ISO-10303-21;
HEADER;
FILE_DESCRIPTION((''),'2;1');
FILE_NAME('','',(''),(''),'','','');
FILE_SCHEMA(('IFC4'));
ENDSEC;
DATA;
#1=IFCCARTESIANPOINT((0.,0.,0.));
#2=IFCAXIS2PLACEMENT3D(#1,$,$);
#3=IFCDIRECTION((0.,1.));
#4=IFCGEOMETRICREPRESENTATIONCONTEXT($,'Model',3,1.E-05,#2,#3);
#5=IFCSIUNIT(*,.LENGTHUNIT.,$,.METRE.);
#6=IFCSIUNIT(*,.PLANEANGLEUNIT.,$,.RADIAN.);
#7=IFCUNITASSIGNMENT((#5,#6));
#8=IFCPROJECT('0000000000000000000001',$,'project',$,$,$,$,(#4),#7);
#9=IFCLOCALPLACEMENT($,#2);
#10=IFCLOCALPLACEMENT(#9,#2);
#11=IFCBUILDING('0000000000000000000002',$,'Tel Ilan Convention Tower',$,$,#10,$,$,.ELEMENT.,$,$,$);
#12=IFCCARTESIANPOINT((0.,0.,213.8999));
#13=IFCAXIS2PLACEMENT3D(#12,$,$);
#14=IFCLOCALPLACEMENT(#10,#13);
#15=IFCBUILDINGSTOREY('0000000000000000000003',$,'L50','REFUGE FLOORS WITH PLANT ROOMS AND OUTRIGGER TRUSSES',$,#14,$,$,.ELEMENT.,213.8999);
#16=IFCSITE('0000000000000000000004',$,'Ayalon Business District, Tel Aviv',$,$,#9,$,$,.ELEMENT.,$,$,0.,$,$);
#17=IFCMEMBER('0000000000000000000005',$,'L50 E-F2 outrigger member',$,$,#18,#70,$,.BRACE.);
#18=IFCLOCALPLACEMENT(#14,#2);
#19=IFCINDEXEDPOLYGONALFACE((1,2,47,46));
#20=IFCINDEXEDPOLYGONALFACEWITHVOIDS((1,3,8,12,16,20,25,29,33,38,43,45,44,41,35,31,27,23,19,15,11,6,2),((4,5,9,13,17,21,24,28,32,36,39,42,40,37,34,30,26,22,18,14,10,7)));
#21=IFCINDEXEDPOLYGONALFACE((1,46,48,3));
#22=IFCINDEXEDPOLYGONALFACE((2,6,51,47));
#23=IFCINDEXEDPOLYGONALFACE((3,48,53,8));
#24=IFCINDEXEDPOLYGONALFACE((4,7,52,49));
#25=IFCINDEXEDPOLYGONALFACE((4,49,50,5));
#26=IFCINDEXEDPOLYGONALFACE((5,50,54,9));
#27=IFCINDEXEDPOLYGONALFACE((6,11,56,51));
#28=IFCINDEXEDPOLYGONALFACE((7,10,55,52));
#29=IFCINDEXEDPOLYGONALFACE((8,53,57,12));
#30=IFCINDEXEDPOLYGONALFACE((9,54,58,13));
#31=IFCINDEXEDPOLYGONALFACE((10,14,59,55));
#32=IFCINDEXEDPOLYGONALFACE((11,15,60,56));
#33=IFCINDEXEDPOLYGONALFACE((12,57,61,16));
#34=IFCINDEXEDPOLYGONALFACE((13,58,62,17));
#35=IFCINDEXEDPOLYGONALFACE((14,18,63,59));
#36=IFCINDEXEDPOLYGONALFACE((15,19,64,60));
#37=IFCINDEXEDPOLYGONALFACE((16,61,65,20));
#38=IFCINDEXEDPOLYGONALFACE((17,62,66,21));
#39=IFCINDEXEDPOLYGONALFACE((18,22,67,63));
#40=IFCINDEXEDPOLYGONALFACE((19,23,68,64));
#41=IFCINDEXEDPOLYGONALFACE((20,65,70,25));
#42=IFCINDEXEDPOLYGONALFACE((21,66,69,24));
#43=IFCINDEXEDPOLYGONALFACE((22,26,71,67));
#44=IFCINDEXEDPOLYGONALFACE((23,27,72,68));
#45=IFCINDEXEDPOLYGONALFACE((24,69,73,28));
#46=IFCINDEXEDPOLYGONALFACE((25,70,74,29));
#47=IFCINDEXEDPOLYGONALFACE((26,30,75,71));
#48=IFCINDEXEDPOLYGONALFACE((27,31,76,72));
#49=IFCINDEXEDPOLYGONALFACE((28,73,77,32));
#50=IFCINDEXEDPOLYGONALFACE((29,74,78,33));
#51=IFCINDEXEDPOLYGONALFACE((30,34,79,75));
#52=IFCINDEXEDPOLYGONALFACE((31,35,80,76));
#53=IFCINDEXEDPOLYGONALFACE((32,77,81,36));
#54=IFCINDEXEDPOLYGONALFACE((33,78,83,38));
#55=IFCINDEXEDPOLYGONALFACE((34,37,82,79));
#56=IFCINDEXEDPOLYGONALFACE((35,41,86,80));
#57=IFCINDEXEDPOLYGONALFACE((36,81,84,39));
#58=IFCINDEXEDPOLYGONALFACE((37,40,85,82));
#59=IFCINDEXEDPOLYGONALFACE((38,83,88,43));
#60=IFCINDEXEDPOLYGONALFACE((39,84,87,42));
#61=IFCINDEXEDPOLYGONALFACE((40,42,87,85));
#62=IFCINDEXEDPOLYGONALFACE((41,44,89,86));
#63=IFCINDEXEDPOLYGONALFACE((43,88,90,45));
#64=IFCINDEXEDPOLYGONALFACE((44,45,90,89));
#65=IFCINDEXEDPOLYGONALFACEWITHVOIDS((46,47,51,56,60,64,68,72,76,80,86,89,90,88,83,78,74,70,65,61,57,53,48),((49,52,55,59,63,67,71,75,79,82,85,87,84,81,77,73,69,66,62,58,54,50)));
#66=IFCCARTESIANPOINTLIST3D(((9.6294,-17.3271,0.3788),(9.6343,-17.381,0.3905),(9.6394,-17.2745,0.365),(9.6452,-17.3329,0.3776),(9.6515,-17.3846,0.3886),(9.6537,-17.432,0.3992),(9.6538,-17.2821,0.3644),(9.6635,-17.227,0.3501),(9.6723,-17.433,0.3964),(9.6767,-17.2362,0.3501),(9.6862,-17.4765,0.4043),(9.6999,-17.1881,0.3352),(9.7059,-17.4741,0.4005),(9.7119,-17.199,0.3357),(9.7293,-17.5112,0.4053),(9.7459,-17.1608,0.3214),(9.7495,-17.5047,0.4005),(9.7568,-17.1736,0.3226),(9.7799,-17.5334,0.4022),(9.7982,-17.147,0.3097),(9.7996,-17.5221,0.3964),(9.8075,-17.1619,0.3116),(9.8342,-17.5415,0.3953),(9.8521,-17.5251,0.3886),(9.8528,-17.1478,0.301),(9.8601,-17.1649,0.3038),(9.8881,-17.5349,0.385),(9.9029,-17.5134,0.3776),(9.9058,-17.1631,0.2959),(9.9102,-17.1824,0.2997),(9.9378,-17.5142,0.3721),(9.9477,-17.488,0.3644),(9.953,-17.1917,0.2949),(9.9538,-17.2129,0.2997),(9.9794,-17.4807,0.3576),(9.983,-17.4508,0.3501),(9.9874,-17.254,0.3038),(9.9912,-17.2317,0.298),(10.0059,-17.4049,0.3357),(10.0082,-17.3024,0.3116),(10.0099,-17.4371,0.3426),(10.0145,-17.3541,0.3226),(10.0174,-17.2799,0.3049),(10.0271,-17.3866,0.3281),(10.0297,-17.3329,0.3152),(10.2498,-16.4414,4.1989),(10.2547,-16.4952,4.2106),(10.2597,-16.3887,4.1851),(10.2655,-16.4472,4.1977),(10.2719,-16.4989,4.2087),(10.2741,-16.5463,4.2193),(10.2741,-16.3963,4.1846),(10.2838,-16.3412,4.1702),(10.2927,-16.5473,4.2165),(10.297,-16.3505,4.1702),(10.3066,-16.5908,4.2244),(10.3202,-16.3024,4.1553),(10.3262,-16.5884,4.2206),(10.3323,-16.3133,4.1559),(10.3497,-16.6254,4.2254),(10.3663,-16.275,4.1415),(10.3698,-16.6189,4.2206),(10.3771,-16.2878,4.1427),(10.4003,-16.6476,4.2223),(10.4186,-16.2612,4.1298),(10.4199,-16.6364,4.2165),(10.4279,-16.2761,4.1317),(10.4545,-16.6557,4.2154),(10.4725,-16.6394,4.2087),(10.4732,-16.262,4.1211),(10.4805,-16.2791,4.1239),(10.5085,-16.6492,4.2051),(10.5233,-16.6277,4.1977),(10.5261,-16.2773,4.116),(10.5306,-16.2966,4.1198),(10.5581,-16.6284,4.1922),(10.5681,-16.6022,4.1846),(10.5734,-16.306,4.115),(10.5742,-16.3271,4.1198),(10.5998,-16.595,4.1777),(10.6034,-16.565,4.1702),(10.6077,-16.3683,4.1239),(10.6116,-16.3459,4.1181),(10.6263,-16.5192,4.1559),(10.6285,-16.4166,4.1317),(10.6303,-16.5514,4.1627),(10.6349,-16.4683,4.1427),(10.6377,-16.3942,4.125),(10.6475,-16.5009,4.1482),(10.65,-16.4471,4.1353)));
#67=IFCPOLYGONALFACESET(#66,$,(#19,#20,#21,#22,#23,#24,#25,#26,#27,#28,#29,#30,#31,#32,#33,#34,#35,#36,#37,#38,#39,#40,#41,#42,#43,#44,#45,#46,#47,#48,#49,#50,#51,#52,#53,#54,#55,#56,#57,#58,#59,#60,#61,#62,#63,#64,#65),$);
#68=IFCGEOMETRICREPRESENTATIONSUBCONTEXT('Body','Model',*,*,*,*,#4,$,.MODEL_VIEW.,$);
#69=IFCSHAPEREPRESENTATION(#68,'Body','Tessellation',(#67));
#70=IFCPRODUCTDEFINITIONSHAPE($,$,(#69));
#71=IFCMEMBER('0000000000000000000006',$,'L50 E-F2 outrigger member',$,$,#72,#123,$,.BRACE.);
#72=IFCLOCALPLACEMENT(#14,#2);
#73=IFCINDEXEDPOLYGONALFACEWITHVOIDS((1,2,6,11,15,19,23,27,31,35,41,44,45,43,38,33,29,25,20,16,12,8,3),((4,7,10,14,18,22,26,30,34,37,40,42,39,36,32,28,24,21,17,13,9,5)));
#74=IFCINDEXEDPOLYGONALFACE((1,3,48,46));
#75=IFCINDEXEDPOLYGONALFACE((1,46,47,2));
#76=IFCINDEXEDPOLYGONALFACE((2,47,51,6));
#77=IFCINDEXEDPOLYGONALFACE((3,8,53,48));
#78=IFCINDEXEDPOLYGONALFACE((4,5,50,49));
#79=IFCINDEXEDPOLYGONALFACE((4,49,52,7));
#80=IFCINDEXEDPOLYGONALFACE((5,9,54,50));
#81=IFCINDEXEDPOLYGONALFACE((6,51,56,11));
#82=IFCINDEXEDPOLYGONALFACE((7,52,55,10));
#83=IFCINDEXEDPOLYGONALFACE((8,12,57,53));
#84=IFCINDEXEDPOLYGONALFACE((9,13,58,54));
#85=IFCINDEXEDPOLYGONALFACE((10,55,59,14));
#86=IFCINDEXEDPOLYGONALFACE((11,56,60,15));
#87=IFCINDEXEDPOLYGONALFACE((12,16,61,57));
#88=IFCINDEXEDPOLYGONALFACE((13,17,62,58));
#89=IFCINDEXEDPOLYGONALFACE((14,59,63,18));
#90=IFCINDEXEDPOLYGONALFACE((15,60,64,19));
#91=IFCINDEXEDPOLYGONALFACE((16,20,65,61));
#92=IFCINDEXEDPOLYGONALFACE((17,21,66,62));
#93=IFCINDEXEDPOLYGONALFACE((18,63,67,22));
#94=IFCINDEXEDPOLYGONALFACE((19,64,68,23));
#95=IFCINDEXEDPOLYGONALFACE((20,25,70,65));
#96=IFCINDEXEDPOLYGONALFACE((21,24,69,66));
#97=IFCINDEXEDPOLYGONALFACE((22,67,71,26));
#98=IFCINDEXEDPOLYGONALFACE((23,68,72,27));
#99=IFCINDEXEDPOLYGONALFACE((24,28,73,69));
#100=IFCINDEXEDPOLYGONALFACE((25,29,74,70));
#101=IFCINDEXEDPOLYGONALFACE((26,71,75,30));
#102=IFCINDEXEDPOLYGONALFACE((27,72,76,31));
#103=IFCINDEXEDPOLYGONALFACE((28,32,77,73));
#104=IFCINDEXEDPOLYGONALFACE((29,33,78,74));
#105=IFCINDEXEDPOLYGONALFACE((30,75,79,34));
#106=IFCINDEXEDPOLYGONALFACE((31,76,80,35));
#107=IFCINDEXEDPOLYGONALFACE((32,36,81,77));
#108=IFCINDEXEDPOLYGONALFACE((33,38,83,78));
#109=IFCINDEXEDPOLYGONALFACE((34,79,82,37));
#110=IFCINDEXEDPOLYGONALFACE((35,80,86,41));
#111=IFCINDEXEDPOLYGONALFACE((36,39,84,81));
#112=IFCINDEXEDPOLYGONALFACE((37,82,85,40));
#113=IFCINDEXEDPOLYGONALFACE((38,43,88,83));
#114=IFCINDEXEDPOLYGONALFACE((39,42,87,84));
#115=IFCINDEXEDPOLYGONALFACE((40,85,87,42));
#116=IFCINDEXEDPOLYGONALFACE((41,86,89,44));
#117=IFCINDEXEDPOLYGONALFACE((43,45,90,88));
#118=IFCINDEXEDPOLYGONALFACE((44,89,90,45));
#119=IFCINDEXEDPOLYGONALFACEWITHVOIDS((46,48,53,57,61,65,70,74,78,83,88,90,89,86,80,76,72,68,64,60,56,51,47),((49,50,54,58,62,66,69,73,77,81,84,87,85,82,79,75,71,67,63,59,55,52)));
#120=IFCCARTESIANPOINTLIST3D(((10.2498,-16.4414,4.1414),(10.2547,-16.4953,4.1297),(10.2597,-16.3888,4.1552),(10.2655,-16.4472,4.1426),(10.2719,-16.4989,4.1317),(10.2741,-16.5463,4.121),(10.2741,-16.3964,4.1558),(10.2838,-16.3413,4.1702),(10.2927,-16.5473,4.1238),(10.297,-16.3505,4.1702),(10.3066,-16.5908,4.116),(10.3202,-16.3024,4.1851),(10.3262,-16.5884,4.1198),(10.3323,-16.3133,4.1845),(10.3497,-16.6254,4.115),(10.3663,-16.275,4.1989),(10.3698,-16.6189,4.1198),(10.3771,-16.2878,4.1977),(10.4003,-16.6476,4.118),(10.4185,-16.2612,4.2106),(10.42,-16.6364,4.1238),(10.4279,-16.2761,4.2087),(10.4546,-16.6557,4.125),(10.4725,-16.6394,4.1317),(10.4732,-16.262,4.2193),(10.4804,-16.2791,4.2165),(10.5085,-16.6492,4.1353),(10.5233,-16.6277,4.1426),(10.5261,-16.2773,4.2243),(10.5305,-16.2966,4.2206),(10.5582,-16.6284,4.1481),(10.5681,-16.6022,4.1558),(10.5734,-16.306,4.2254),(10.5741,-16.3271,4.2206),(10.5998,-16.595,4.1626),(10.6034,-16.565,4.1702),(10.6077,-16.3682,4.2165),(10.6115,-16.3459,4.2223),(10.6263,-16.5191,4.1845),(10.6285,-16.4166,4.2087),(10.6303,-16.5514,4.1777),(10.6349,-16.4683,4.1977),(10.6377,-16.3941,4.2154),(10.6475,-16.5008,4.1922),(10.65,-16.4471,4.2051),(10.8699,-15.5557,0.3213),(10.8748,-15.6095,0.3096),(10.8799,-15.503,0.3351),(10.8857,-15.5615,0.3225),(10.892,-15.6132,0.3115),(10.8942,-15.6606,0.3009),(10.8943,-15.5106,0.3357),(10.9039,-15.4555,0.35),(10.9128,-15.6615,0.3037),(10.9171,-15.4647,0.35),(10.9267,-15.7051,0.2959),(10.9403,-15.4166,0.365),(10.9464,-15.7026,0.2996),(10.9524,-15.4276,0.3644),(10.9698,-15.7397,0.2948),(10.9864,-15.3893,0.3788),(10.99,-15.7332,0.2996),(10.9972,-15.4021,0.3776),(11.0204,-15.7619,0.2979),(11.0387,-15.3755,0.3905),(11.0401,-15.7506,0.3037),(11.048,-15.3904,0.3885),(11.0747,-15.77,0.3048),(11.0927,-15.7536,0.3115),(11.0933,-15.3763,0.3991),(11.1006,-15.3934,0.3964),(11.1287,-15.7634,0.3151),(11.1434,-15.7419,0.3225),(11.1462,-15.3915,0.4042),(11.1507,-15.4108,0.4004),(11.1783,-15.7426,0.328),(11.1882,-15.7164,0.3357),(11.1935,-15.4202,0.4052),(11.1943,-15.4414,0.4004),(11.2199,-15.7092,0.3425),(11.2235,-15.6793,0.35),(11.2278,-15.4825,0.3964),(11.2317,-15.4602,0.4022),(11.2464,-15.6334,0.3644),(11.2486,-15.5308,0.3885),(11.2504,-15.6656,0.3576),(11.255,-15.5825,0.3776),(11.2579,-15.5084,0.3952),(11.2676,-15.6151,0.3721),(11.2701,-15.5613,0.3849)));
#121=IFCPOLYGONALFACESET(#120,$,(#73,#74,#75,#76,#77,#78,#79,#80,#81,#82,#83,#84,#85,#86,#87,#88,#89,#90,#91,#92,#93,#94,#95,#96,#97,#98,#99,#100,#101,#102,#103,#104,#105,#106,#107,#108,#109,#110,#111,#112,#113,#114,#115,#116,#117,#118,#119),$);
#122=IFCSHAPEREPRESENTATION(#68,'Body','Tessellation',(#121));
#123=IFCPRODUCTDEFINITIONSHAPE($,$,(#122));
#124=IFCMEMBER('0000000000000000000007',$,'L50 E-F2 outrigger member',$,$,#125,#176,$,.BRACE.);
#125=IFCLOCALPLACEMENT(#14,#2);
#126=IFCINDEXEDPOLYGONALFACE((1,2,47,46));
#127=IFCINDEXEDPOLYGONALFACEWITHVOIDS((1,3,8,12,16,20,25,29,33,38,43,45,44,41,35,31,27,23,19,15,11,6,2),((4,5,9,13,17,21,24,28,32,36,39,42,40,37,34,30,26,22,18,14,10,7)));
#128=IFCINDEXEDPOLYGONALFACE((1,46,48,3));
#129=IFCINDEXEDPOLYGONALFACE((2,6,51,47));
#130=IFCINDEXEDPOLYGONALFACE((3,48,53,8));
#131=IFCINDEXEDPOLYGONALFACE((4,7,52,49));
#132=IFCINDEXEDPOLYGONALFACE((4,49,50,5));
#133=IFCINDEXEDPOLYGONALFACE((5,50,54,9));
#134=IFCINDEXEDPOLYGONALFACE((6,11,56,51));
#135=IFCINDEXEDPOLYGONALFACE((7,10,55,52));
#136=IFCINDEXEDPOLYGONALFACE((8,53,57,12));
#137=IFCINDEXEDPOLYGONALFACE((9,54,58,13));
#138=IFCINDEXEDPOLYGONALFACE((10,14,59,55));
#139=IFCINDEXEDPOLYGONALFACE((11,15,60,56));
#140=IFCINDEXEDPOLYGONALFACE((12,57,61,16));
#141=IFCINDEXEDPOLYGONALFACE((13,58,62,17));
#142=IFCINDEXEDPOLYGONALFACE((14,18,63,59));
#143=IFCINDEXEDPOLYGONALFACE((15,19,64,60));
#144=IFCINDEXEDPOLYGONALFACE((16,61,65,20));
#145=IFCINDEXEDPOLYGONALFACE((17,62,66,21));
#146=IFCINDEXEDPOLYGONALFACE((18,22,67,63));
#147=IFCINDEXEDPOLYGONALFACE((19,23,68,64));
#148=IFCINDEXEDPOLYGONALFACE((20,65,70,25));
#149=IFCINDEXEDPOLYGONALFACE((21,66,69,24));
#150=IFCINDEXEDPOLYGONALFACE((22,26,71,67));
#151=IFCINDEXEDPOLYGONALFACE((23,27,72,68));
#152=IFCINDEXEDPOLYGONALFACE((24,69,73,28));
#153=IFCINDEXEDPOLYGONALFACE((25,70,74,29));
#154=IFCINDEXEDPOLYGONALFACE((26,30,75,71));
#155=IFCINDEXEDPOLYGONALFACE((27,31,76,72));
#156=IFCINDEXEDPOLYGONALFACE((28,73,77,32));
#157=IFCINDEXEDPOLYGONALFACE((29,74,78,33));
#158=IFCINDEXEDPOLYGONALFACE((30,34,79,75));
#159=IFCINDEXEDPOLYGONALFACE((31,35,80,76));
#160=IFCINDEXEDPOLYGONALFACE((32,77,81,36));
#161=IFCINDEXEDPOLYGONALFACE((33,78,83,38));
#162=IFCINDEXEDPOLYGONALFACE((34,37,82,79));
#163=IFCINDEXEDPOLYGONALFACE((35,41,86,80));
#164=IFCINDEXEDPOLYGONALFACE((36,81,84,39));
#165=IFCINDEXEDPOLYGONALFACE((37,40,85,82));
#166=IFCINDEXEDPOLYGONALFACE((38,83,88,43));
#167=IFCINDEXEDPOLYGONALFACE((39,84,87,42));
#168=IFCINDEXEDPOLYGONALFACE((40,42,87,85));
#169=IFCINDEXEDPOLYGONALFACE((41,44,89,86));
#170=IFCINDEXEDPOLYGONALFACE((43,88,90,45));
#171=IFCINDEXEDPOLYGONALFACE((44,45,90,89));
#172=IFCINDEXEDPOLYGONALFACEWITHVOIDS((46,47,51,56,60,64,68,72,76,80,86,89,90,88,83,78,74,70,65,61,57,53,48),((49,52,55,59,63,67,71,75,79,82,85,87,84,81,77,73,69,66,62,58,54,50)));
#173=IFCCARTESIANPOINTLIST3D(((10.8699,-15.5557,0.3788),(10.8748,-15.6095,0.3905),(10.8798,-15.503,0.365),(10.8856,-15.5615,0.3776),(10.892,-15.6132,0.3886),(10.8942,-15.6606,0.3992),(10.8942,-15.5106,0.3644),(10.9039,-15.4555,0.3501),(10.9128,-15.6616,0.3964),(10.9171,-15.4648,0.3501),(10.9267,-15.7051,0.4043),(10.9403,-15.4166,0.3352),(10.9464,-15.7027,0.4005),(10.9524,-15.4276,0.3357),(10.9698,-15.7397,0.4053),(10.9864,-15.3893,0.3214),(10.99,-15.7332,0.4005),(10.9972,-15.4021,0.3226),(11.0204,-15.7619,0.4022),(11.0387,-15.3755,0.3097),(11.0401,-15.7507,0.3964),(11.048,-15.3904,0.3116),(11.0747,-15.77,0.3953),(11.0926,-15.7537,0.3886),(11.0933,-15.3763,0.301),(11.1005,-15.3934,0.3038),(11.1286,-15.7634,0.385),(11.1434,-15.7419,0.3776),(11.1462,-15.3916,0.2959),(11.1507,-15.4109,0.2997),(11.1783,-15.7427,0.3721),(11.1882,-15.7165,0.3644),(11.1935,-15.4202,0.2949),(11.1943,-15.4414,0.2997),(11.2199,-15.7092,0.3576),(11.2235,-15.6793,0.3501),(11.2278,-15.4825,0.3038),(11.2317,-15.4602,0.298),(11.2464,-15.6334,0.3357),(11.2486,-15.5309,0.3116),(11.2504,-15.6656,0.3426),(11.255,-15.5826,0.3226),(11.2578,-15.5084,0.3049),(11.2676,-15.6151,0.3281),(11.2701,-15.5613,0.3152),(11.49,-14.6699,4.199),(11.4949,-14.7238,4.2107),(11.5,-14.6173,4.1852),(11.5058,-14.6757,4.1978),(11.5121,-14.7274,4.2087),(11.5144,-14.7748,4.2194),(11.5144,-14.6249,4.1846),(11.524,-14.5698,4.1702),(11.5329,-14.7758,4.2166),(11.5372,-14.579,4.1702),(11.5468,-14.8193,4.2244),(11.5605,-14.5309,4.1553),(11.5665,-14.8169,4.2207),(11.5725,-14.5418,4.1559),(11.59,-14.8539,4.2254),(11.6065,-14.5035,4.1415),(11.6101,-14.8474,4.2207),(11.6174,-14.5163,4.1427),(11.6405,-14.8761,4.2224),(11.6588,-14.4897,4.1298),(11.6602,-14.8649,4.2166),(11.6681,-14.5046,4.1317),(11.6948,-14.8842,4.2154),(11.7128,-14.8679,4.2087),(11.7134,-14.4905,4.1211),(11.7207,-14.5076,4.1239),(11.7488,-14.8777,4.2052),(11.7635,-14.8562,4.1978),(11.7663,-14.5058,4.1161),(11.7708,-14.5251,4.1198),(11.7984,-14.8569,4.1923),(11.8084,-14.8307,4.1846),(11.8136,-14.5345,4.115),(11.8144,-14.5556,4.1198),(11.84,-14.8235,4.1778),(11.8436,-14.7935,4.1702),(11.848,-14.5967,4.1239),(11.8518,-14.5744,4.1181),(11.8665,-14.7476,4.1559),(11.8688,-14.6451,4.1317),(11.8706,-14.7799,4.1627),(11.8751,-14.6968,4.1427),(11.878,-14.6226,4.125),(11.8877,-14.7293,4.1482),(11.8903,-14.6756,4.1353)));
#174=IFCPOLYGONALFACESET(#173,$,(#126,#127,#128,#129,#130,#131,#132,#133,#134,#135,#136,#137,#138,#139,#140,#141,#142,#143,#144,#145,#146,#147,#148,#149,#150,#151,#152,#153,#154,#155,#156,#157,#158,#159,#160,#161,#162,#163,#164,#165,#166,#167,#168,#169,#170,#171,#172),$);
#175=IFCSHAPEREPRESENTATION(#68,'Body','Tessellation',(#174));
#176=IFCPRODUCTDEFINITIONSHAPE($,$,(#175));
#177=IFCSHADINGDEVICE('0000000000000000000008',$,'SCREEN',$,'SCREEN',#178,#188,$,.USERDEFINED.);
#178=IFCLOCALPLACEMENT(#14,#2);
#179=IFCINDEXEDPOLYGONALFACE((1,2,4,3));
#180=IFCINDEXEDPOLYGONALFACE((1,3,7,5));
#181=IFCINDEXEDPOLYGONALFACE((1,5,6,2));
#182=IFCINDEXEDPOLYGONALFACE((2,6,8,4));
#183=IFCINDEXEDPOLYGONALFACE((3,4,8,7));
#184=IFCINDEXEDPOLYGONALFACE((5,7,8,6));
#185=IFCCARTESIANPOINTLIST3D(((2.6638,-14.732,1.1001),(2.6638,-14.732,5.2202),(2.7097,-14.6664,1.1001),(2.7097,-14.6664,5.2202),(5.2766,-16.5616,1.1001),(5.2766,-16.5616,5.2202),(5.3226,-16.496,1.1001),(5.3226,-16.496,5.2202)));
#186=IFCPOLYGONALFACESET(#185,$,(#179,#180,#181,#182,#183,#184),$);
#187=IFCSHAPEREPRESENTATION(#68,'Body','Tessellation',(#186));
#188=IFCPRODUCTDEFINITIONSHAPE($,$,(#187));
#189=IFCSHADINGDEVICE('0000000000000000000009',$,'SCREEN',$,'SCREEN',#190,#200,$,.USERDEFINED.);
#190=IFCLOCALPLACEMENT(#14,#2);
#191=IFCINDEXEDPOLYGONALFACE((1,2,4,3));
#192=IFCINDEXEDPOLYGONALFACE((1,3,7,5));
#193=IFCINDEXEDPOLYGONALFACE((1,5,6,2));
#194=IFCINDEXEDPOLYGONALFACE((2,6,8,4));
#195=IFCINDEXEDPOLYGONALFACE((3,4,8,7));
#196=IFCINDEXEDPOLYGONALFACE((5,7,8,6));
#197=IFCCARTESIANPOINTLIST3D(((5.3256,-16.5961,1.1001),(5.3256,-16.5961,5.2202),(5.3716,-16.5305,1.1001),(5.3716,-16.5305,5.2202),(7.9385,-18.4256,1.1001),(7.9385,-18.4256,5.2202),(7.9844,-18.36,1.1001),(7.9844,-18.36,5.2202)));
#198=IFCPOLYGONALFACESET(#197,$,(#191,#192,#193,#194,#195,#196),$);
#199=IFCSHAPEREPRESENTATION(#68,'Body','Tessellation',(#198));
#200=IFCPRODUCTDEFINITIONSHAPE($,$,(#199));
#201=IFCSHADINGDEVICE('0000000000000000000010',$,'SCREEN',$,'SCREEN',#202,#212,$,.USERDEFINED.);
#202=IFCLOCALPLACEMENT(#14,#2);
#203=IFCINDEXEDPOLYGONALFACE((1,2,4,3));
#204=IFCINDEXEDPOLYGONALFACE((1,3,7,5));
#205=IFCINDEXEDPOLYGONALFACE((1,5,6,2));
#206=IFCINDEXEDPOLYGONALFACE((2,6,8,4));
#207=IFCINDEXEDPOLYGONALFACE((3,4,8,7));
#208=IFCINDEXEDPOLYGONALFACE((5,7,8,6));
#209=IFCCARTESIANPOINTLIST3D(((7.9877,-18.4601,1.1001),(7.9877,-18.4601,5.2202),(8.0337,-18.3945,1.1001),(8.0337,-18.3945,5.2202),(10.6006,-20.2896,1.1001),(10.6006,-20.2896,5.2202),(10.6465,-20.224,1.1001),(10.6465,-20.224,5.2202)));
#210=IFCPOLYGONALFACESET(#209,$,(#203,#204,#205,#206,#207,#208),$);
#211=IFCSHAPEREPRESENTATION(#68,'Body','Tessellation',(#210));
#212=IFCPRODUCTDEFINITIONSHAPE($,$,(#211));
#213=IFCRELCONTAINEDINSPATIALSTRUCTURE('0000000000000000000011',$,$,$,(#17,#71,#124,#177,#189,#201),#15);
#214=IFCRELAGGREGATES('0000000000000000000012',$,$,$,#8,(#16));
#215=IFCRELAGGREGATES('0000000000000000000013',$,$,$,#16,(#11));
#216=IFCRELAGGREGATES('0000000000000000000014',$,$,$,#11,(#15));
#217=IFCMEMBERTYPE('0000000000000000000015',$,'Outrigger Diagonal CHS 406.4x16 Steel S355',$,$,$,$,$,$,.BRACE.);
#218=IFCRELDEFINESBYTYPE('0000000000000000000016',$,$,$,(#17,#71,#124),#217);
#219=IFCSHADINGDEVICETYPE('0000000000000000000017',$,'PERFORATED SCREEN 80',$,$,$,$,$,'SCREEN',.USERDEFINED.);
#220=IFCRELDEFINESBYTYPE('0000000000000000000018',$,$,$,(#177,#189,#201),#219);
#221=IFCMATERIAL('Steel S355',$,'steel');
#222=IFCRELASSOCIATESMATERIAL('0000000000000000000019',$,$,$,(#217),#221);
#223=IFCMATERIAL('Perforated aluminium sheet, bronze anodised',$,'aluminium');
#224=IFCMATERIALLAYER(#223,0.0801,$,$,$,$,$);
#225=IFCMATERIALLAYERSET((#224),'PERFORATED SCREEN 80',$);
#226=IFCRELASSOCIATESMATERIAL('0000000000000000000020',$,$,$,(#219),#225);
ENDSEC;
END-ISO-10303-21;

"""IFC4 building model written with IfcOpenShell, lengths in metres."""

from ifc_helpers import new_model, si_unit, direction, frame, origin, origin_2d, place, context, subcontext, project, spatial, rectangle, hollow_circle, extrude, material, layer, layer_set, material_profile, profile_set, type_object, element, save


model = new_model("IFC4")

# Units and contexts
model_context = context("Model", 3, precision=1e-05, world=origin(), true_north=direction((0.0, 1.0)))
body_context = subcontext(model_context, "Body", "Model", "MODEL_VIEW")
ifc_project = project(units=[si_unit("LENGTHUNIT", "METRE"), si_unit("PLANEANGLEUNIT", "RADIAN")], contexts=[model_context])

# Site, building, storey
site_placement = place(None, origin())
site = spatial("IfcSite", under=ifc_project, at=site_placement, Name="Ayalon Business District, Tel Aviv", CompositionType="ELEMENT", RefElevation=0.0)
building_placement = place(site_placement, origin())
building = spatial("IfcBuilding", under=site, at=building_placement, Name="Tel Ilan Convention Tower", CompositionType="ELEMENT")
storey_placement = place(building_placement, frame((0.0, 0.0, 213.8999)))
storey = spatial("IfcBuildingStorey", under=building, at=storey_placement, Name="L50", Description="REFUGE FLOORS WITH PLANT ROOMS AND OUTRIGGER TRUSSES", CompositionType="ELEMENT", Elevation=213.8999)

# Members
ifc_material_1 = material(Name="Steel S355", Category="steel")
ifc_material_profile_1 = material_profile(ifc_material_1, hollow_circle(Radius=0.2031, WallThickness=0.0161, at=origin_2d()), Name="CHS 406.4x16")
ifc_profile_set_1 = profile_set([ifc_material_profile_1], Name="Steel S355")
member_type_1 = type_object("IfcMemberType", Name="Outrigger Diagonal CHS 406.4x16 Steel S355", PredefinedType="BRACE", material=ifc_profile_set_1)
for number, where, z_axis, x_axis, name in (
    (1, (9.8298, -17.3435, 0.3501), (0.156255, 0.223099, 0.962191), (-0.819083, 0.573674, 0.0), "L50 E-F2 outrigger member"),
    (2, (10.4502, -16.4578, 4.1702), (0.156195, 0.223101, -0.9622), (-0.819189, 0.573523, 0.0), "L50 E-F2 outrigger member"),
    (3, (11.0703, -15.572, 0.3501), (0.156195, 0.223101, 0.9622), (-0.819189, 0.573523, 0.0), "L50 E-F2 outrigger member"),
):
    element("IfcMember", number, at=place(storey_placement, frame(where, z_axis=z_axis, x_axis=x_axis)), inside=storey, type_object=member_type_1, Name=name, PredefinedType="BRACE", context=body_context, shape_type="SweptSolid", body=[
        extrude(hollow_circle(Radius=0.2031, WallThickness=0.0161, at=origin_2d()), origin(), (0.0, 0.0, 1.0), 3.9702),
    ])

# Shading devices
ifc_material_2 = material(Name="Perforated aluminium sheet, bronze anodised", Category="aluminium")
ifc_layer_1 = layer(ifc_material_2, 0.0801)
ifc_layer_set_1 = layer_set([ifc_layer_1], Name="PERFORATED SCREEN 80")
shading_device_type_1 = type_object("IfcShadingDeviceType", Name="PERFORATED SCREEN 80", ElementType="SCREEN", PredefinedType="USERDEFINED", material=ifc_layer_set_1)
for number, where, z_axis, x_axis, name in (
    (4, (3.9932, -15.614, 1.1001), (0.0, 0.0, 1.0), (0.819152, -0.573576, 0.0), "SCREEN"),
    (5, (6.655, -17.478, 1.1001), (0.0, 0.0, 1.0), (0.819152, -0.573576, 0.0), "SCREEN"),
    (6, (9.3171, -19.342, 1.1001), (0.0, 0.0, 1.0), (0.819152, -0.573576, 0.0), "SCREEN"),
):
    element("IfcShadingDevice", number, at=place(storey_placement, frame(where, z_axis=z_axis, x_axis=x_axis)), inside=storey, type_object=shading_device_type_1, Name=name, ObjectType="SCREEN", PredefinedType="USERDEFINED", context=body_context, shape_type="SweptSolid", body=[
        extrude(rectangle(XDim=3.1897, YDim=0.0801, at=origin_2d()), origin(), (0.0, 0.0, 1.0), 4.1201),
    ])

save(model, "model.ifc")
